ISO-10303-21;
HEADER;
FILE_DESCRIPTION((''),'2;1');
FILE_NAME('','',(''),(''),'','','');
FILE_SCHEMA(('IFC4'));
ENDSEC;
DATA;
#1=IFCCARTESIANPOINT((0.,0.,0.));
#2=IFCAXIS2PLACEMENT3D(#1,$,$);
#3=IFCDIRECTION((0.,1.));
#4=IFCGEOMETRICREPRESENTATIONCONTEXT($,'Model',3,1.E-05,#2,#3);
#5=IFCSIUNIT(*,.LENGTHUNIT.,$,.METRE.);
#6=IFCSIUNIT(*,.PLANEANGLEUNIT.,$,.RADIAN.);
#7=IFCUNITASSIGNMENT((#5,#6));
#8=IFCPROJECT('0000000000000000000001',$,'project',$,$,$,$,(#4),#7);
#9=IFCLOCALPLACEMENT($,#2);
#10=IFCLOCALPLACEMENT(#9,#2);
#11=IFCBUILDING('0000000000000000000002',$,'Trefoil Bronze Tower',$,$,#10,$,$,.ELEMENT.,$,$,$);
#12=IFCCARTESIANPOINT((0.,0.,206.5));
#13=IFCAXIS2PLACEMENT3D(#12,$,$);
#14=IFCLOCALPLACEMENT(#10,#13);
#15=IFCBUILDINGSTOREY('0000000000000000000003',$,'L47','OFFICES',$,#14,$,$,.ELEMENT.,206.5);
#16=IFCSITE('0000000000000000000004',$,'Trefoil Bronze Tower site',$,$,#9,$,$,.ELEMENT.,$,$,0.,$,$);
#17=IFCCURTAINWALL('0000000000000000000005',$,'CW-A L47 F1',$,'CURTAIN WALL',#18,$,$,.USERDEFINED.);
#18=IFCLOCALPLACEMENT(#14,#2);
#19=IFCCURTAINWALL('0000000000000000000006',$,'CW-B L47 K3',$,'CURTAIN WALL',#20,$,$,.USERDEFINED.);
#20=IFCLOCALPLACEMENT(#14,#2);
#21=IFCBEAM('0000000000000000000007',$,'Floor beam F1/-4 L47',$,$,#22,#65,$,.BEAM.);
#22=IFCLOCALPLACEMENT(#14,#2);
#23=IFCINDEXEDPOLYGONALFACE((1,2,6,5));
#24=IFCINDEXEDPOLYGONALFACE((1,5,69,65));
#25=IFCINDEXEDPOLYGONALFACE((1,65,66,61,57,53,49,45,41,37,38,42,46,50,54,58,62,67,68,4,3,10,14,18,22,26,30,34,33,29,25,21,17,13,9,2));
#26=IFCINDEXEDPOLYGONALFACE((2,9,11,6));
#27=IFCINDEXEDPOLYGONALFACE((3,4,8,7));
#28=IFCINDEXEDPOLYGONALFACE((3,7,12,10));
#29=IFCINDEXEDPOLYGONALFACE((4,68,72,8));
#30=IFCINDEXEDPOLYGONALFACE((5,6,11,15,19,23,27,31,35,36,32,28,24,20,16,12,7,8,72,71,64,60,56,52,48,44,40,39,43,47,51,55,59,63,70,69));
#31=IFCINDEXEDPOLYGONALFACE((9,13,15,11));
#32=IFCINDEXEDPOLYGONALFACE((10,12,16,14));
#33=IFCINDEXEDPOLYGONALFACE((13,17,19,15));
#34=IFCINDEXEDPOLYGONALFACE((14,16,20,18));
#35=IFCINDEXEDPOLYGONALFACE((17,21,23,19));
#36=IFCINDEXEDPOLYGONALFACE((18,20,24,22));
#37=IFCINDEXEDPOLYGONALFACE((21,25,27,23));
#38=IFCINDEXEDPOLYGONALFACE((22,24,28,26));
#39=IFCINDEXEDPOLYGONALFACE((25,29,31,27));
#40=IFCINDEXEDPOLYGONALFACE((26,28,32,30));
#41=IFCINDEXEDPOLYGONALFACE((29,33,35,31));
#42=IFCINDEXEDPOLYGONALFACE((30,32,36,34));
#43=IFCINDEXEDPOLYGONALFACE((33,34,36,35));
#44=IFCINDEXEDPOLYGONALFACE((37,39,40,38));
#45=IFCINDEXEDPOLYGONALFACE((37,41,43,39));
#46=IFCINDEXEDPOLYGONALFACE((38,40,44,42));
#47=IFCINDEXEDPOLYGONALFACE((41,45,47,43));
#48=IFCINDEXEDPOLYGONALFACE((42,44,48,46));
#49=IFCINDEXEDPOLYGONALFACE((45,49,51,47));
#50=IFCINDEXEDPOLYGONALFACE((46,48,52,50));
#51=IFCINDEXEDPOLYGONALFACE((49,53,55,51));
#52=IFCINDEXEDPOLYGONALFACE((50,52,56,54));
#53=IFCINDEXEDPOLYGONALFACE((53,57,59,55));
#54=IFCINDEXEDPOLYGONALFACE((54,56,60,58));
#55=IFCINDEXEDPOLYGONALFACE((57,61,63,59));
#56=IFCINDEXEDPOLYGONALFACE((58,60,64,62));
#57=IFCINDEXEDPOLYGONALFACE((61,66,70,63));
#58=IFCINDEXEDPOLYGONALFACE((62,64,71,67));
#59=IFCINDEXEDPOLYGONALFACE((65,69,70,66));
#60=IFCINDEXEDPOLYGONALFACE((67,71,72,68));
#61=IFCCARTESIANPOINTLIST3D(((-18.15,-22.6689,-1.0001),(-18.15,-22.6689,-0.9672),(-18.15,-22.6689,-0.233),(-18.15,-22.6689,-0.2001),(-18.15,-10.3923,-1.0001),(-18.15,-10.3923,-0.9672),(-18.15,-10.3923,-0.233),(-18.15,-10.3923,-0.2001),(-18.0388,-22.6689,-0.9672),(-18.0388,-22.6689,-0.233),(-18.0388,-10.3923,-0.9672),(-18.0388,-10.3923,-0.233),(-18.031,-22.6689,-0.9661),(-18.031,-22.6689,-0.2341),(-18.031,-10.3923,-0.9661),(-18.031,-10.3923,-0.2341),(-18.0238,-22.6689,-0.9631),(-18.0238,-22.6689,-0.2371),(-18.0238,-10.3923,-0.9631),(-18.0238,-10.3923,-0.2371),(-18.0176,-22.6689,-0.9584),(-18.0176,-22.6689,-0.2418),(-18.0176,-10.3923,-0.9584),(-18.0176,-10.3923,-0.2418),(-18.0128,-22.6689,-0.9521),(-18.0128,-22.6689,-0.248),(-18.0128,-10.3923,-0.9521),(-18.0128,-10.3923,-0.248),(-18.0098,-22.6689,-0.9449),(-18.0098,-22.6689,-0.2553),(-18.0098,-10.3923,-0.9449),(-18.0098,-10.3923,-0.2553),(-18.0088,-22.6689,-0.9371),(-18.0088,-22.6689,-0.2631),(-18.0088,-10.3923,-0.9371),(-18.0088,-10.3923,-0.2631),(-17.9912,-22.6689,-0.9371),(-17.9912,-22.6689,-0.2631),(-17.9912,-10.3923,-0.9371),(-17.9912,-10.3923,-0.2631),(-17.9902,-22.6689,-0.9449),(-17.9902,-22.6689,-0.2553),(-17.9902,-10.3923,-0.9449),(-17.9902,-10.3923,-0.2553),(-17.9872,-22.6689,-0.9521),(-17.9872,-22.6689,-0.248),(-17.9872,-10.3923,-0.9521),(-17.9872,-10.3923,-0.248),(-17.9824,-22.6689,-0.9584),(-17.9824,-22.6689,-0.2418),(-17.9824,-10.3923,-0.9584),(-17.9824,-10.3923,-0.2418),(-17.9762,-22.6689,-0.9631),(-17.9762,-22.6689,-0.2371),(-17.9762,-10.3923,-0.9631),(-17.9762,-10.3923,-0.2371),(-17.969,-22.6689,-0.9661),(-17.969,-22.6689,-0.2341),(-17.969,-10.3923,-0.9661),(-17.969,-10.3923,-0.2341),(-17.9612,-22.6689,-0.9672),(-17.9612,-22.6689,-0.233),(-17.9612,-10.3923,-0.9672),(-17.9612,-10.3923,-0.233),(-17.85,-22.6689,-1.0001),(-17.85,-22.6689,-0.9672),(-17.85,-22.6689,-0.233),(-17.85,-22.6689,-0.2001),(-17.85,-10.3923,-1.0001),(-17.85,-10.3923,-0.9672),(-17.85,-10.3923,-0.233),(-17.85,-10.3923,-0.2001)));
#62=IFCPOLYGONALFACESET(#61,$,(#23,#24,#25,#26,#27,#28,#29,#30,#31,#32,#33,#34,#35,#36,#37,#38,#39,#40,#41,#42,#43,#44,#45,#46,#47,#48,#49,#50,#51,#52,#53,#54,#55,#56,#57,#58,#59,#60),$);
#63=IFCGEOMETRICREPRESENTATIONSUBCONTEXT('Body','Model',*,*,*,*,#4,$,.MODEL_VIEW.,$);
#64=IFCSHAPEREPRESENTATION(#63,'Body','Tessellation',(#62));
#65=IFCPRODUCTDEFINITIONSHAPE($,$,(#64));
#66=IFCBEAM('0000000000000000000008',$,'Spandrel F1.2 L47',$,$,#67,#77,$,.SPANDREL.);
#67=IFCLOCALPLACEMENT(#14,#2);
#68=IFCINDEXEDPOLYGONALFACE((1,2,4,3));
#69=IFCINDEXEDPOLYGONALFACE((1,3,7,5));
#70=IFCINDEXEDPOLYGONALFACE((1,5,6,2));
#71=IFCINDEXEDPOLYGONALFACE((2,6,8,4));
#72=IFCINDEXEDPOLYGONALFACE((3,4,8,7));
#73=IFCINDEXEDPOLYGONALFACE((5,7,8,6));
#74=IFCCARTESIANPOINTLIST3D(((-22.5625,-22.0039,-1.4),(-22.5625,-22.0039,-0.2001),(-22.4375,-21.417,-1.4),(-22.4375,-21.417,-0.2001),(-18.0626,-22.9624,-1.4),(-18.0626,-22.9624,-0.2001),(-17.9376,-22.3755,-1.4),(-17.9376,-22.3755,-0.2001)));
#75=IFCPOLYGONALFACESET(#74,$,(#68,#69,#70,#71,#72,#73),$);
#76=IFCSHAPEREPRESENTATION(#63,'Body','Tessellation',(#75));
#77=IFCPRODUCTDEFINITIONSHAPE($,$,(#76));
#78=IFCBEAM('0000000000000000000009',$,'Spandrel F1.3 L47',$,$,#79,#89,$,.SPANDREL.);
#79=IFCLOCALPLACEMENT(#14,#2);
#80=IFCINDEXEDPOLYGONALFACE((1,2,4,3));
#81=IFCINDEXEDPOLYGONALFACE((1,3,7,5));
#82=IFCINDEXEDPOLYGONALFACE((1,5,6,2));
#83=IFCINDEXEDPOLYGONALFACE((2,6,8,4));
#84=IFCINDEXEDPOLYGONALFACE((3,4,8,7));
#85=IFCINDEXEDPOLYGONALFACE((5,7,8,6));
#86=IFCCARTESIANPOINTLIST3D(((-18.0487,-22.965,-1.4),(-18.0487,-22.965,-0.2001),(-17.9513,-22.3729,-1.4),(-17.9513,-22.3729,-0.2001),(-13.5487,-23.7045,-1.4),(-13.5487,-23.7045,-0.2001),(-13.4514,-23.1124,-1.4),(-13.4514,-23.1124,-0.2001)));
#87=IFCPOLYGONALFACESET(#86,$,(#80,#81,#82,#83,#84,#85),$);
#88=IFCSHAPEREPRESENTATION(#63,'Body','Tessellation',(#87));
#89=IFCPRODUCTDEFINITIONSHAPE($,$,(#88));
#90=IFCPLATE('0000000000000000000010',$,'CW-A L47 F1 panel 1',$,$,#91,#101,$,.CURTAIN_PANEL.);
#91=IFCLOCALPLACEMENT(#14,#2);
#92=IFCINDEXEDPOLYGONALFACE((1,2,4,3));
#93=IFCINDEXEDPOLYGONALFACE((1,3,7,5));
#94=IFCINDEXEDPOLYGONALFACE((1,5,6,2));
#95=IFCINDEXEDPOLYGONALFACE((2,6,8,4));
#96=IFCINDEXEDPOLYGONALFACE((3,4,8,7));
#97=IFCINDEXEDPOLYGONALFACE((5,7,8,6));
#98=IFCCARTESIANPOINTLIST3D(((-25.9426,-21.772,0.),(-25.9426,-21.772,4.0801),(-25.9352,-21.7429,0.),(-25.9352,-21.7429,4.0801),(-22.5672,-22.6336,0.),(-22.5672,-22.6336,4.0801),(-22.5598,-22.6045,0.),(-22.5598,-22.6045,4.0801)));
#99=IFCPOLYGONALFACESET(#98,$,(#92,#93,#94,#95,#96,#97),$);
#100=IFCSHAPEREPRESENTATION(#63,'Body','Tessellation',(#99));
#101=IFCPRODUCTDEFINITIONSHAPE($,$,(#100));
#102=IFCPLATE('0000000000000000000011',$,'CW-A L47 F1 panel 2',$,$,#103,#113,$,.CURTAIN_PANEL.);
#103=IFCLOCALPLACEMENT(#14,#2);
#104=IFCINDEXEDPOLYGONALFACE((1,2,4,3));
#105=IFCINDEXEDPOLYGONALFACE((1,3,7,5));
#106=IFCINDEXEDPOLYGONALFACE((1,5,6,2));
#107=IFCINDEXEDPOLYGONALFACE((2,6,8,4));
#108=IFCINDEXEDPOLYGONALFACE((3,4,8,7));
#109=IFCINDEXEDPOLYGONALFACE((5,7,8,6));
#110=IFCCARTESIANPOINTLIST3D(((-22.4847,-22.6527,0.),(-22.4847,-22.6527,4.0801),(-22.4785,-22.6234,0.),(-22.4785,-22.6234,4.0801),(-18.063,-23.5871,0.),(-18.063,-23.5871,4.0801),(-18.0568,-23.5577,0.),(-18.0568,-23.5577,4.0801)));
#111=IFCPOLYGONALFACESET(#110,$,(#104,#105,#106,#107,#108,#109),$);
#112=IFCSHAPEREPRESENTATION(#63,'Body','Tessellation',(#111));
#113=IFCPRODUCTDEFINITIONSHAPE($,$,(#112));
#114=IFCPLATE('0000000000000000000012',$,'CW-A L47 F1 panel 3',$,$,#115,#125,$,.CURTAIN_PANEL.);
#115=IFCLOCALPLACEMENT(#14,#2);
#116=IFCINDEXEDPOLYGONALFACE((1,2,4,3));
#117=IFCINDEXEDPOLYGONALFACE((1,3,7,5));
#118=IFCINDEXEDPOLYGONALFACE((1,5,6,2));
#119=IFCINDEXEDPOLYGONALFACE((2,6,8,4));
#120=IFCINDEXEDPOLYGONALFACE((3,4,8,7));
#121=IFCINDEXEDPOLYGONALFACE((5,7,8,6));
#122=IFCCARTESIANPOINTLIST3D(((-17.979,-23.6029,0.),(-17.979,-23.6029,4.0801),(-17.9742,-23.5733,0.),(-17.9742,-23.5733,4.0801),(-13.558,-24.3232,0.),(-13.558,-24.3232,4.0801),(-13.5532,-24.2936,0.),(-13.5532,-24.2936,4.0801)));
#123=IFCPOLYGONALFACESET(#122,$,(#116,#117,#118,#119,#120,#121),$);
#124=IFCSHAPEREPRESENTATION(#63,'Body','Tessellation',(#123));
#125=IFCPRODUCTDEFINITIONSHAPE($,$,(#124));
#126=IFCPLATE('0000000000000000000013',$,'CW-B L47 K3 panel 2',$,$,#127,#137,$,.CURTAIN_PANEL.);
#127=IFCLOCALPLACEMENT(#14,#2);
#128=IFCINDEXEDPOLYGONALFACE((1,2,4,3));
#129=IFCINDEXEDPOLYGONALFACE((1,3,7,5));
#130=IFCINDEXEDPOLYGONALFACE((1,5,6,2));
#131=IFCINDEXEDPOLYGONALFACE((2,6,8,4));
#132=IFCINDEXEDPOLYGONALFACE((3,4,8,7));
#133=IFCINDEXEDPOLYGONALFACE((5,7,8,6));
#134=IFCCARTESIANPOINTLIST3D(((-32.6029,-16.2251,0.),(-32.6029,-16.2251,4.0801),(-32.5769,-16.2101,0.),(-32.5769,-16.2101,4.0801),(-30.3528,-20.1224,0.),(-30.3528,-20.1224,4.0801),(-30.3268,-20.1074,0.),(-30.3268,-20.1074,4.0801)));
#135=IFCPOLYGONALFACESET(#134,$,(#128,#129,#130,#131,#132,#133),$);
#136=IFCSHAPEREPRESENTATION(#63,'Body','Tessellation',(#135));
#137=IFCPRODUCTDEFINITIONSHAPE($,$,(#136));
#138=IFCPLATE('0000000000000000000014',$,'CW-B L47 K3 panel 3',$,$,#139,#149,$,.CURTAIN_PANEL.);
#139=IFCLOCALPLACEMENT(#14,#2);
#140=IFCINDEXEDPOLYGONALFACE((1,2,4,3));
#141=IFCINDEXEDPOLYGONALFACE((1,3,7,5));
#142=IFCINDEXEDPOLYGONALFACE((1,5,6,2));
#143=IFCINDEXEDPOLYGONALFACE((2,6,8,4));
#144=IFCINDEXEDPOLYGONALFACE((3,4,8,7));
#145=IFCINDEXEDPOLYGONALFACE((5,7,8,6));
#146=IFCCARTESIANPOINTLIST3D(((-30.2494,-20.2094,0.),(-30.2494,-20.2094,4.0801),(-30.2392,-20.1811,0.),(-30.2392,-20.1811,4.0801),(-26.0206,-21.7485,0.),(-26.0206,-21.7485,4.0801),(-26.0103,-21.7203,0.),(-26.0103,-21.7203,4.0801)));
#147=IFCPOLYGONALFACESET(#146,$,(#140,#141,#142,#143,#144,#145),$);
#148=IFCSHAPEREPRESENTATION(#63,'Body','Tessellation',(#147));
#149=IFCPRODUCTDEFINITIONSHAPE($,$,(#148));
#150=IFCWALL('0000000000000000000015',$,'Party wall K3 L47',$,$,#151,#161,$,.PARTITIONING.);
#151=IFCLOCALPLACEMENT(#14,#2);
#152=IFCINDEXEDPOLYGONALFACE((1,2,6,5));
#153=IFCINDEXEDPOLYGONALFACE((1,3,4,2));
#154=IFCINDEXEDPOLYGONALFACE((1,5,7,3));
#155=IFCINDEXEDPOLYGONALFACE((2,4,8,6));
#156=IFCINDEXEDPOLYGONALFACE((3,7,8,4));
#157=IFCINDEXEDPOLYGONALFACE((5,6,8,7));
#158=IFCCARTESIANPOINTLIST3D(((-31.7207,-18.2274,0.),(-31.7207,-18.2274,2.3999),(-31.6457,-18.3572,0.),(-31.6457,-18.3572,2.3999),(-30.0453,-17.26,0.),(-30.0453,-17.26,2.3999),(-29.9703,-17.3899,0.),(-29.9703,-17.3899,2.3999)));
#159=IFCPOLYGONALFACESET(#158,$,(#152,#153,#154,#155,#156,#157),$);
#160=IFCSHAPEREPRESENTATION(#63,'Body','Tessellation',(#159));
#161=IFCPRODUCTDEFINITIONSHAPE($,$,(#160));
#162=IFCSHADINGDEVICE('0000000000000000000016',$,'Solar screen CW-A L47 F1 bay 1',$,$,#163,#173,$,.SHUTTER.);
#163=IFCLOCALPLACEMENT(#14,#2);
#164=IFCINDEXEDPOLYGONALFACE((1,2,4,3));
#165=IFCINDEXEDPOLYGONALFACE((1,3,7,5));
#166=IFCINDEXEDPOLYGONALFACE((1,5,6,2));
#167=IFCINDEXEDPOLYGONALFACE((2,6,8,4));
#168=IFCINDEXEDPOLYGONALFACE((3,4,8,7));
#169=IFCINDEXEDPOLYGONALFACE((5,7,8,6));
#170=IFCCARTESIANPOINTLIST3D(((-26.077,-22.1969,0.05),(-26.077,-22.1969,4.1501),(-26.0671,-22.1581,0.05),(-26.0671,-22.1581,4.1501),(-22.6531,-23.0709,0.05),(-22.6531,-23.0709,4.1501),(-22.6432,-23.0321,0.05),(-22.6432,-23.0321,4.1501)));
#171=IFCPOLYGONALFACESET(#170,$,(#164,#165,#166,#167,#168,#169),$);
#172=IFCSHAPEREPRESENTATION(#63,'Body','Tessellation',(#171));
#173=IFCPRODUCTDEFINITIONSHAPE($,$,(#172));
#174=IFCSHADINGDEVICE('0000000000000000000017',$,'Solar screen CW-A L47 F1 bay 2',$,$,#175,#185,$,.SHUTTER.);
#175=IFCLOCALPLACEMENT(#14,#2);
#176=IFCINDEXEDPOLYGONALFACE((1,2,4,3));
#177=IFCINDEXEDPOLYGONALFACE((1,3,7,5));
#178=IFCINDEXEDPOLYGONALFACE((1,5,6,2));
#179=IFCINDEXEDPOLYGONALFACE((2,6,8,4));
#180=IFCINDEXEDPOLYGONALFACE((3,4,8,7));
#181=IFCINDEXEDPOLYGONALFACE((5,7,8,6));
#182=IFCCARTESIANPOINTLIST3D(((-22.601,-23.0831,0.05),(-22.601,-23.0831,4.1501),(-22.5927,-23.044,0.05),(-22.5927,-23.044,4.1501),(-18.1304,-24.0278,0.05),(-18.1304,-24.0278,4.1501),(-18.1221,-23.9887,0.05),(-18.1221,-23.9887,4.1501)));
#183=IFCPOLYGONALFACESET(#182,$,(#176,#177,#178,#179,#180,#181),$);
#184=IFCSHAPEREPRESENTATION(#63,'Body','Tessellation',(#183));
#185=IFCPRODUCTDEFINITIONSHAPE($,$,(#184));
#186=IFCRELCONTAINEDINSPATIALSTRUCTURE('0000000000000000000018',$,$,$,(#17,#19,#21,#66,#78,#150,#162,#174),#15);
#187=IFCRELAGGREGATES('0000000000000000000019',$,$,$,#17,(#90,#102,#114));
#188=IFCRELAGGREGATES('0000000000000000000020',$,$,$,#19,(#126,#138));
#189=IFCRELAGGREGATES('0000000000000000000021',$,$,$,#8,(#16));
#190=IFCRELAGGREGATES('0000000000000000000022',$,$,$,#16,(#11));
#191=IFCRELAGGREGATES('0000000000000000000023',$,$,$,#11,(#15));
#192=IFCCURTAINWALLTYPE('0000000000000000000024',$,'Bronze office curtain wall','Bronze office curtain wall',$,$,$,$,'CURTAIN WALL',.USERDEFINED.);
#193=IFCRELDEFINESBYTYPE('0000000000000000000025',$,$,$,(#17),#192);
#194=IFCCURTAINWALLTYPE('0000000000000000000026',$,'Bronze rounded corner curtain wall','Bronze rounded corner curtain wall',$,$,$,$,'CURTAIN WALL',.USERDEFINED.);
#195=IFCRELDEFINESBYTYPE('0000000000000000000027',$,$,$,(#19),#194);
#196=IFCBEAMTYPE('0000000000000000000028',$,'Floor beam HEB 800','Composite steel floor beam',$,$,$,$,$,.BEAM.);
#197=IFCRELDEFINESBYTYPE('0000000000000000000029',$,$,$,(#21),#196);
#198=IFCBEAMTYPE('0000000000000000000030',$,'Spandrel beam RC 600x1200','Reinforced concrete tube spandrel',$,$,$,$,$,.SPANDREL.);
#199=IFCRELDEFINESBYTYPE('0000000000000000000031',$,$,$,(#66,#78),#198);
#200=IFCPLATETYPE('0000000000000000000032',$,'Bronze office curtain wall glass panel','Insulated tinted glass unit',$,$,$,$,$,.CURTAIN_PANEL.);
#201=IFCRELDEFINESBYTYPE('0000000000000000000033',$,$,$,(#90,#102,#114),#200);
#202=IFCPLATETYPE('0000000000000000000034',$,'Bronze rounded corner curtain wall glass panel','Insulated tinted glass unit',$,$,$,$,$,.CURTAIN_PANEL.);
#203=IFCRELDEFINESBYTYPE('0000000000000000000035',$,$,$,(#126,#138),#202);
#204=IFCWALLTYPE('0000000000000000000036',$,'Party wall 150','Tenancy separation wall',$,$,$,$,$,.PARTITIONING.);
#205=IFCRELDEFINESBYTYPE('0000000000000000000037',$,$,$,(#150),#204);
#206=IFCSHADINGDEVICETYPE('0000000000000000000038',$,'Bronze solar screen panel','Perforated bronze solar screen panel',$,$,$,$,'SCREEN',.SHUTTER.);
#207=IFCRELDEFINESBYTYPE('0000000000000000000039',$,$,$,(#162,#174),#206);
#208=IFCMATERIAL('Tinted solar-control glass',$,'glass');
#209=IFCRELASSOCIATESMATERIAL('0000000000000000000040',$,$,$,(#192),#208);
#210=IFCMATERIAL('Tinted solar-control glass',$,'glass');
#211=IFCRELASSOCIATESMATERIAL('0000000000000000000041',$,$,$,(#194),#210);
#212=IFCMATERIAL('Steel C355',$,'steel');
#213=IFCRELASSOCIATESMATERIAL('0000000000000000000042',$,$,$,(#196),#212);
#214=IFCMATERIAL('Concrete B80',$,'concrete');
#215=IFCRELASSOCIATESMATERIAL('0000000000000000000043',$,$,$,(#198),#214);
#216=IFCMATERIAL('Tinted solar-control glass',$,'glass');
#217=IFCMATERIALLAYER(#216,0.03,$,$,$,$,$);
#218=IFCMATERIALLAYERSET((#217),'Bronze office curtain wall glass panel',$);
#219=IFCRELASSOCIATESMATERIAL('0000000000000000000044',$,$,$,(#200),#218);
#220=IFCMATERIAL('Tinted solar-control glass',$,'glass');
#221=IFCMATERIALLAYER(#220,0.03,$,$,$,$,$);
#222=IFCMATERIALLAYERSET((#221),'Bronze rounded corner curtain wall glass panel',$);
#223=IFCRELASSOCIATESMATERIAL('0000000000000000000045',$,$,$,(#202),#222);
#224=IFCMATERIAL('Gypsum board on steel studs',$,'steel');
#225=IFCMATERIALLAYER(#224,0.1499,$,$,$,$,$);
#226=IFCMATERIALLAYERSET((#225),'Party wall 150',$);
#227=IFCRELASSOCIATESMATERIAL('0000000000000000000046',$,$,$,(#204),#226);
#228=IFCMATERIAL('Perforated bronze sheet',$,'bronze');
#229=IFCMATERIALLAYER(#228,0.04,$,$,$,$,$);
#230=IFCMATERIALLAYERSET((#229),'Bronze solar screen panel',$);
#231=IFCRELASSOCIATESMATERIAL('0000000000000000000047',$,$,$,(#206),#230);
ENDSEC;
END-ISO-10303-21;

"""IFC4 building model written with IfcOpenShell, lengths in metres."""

from ifc_helpers import new_model, si_unit, direction, frame, frame_2d, origin, origin_2d, place, context, subcontext, project, spatial, rectangle, i_section, extrude, material, layer, layer_set, material_profile, profile_set, type_object, element, aggregate, save


model = new_model("IFC4")

# Units and contexts
model_context = context("Model", 3, precision=1e-05, world=origin(), true_north=direction((0.0, 1.0)))
body_context = subcontext(model_context, "Body", "Model", "MODEL_VIEW")
ifc_project = project(units=[si_unit("LENGTHUNIT", "METRE"), si_unit("PLANEANGLEUNIT", "RADIAN")], contexts=[model_context])

# Site, building, storey
site_placement = place(None, origin())
site = spatial("IfcSite", under=ifc_project, at=site_placement, Name="Trefoil Bronze Tower site", CompositionType="ELEMENT", RefElevation=0.0)
building_placement = place(site_placement, origin())
building = spatial("IfcBuilding", under=site, at=building_placement, Name="Trefoil Bronze Tower", CompositionType="ELEMENT")
storey_placement = place(building_placement, frame((0.0, 0.0, 206.5)))
storey = spatial("IfcBuildingStorey", under=building, at=storey_placement, Name="L47", Description="OFFICES", CompositionType="ELEMENT", Elevation=206.5)

# Curtain walls
ifc_material_1 = material(Name="Tinted solar-control glass", Category="glass")
curtain_wall_type_1 = type_object("IfcCurtainWallType", Name="Bronze office curtain wall", Description="Bronze office curtain wall", ElementType="CURTAIN WALL", PredefinedType="USERDEFINED", material=ifc_material_1)
curtain_wall_1_placement = place(storey_placement, origin())
curtain_wall_1 = element("IfcCurtainWall", 1, at=curtain_wall_1_placement, inside=storey, type_object=curtain_wall_type_1, Name="CW-A L47 F1", ObjectType="CURTAIN WALL", PredefinedType="USERDEFINED")
ifc_material_2 = material(Name="Tinted solar-control glass", Category="glass")
curtain_wall_type_2 = type_object("IfcCurtainWallType", Name="Bronze rounded corner curtain wall", Description="Bronze rounded corner curtain wall", ElementType="CURTAIN WALL", PredefinedType="USERDEFINED", material=ifc_material_2)
curtain_wall_2_placement = place(storey_placement, origin())
curtain_wall_2 = element("IfcCurtainWall", 2, at=curtain_wall_2_placement, inside=storey, type_object=curtain_wall_type_2, Name="CW-B L47 K3", ObjectType="CURTAIN WALL", PredefinedType="USERDEFINED")

# Beams
ifc_material_3 = material(Name="Steel C355", Category="steel")
ifc_material_profile_1 = material_profile(ifc_material_3, i_section(OverallWidth=0.3, OverallDepth=0.8, WebThickness=0.0176, FlangeThickness=0.033, FilletRadius=0.03, at=origin_2d()), Name="HEB 800")
ifc_profile_set_1 = profile_set([ifc_material_profile_1], Name="Steel C355")
beam_type_1 = type_object("IfcBeamType", Name="Floor beam HEB 800", Description="Composite steel floor beam", PredefinedType="BEAM", material=ifc_profile_set_1)
beam_1_placement = place(storey_placement, frame((-18.0, -22.6689, -0.6001), z_axis=(0.0, 1.0, 0.0), x_axis=(-1.0, 0.0, 0.0)))
element("IfcBeam", 3, at=beam_1_placement, inside=storey, type_object=beam_type_1, Name="Floor beam F1/-4 L47", PredefinedType="BEAM", context=body_context, shape_type="SweptSolid", body=[
    extrude(i_section(OverallWidth=0.3, OverallDepth=0.8, WebThickness=0.0176, FlangeThickness=0.033, FilletRadius=0.03, at=origin_2d()), origin(), (0.0, 0.0, 1.0), 12.2766),
])
ifc_material_4 = material(Name="Concrete B80", Category="concrete")
ifc_material_profile_2 = material_profile(ifc_material_4, rectangle(XDim=0.6001, YDim=1.2, at=origin_2d()), Name="RC 600x1200")
ifc_profile_set_2 = profile_set([ifc_material_profile_2], Name="Concrete B80")
beam_type_2 = type_object("IfcBeamType", Name="Spandrel beam RC 600x1200", Description="Reinforced concrete tube spandrel", PredefinedType="SPANDREL", material=ifc_profile_set_2)
beam_2_placement = place(storey_placement, frame((-22.5, -21.7104, -0.8), z_axis=(0.978059, -0.208326, 0.0), x_axis=(0.208326, 0.978059, 0.0)))
element("IfcBeam", 4, at=beam_2_placement, inside=storey, type_object=beam_type_2, Name="Spandrel F1.2 L47", PredefinedType="SPANDREL", context=body_context, shape_type="SweptSolid", body=[
    extrude(rectangle(XDim=0.6001, YDim=1.2, at=origin_2d()), origin(), (0.0, 0.0, 1.0), 4.6008),
])
beam_3_placement = place(storey_placement, frame((-18.0, -22.6689, -0.8), z_axis=(0.986765, -0.162159, 0.0), x_axis=(0.162159, 0.986765, 0.0)))
element("IfcBeam", 5, at=beam_3_placement, inside=storey, type_object=beam_type_2, Name="Spandrel F1.3 L47", PredefinedType="SPANDREL", context=body_context, shape_type="SweptSolid", body=[
    extrude(rectangle(XDim=0.6001, YDim=1.2, at=origin_2d()), origin(), (0.0, 0.0, 1.0), 4.5603),
])

# Plates
ifc_material_5 = material(Name="Tinted solar-control glass", Category="glass")
ifc_layer_1 = layer(ifc_material_5, 0.03)
ifc_layer_set_1 = layer_set([ifc_layer_1], Name="Bronze office curtain wall glass panel")
plate_type_1 = type_object("IfcPlateType", Name="Bronze office curtain wall glass panel", Description="Insulated tinted glass unit", PredefinedType="CURTAIN_PANEL", material=ifc_layer_set_1)
plate_1_placement = place(storey_placement, frame((-24.2512, -22.1882, 0.0), z_axis=(0.0, 0.0, 1.0), x_axis=(0.968934, -0.247319, 0.0)))
plate_1 = element("IfcPlate", 6, at=plate_1_placement, type_object=plate_type_1, Name="CW-A L47 F1 panel 1", PredefinedType="CURTAIN_PANEL", context=body_context, shape_type="SweptSolid", body=[
    extrude(rectangle(XDim=3.4836, YDim=0.03, at=origin_2d()), origin(), (0.0, 0.0, 1.0), 4.0801),
])
plate_2_placement = place(storey_placement, frame((-20.2708, -23.1052, 0.0), z_axis=(0.0, 0.0, 1.0), x_axis=(0.978394, -0.206747, 0.0)))
plate_2 = element("IfcPlate", 7, at=plate_2_placement, type_object=plate_type_1, Name="CW-A L47 F1 panel 2", PredefinedType="CURTAIN_PANEL", context=body_context, shape_type="SweptSolid", body=[
    extrude(rectangle(XDim=4.5193, YDim=0.03, at=origin_2d()), origin(), (0.0, 0.0, 1.0), 4.0801),
])
plate_3_placement = place(storey_placement, frame((-15.7661, -23.9482, 0.0), z_axis=(0.0, 0.0, 1.0), x_axis=(0.986987, -0.160803, 0.0)))
plate_3 = element("IfcPlate", 8, at=plate_3_placement, type_object=plate_type_1, Name="CW-A L47 F1 panel 3", PredefinedType="CURTAIN_PANEL", context=body_context, shape_type="SweptSolid", body=[
    extrude(rectangle(XDim=4.4792, YDim=0.03, at=origin_2d()), origin(), (0.0, 0.0, 1.0), 4.0801),
])
aggregate(curtain_wall_1, [plate_1, plate_2, plate_3])
ifc_material_6 = material(Name="Tinted solar-control glass", Category="glass")
ifc_layer_2 = layer(ifc_material_6, 0.03)
ifc_layer_set_2 = layer_set([ifc_layer_2], Name="Bronze rounded corner curtain wall glass panel")
plate_type_2 = type_object("IfcPlateType", Name="Bronze rounded corner curtain wall glass panel", Description="Insulated tinted glass unit", PredefinedType="CURTAIN_PANEL", material=ifc_layer_set_2)
plate_4_placement = place(storey_placement, frame((-31.4648, -18.1663, 0.0), z_axis=(0.0, 0.0, 1.0), x_axis=(0.5, -0.866025, 0.0)))
plate_4 = element("IfcPlate", 9, at=plate_4_placement, type_object=plate_type_2, Name="CW-B L47 K3 panel 2", PredefinedType="CURTAIN_PANEL", context=body_context, shape_type="SweptSolid", body=[
    extrude(rectangle(XDim=4.5002, YDim=0.03, at=origin_2d()), origin(), (0.0, 0.0, 1.0), 4.0801),
])
plate_5_placement = place(storey_placement, frame((-28.1299, -20.9648, 0.0), z_axis=(0.0, 0.0, 1.0), x_axis=(0.939693, -0.34202, 0.0)))
plate_5 = element("IfcPlate", 10, at=plate_5_placement, type_object=plate_type_2, Name="CW-B L47 K3 panel 3", PredefinedType="CURTAIN_PANEL", context=body_context, shape_type="SweptSolid", body=[
    extrude(rectangle(XDim=4.5002, YDim=0.03, at=origin_2d()), origin(), (0.0, 0.0, 1.0), 4.0801),
])
aggregate(curtain_wall_2, [plate_4, plate_5])

# Wall
ifc_material_7 = material(Name="Gypsum board on steel studs", Category="steel")
ifc_layer_3 = layer(ifc_material_7, 0.1499)
ifc_layer_set_3 = layer_set([ifc_layer_3], Name="Party wall 150")
wall_type = type_object("IfcWallType", Name="Party wall 150", Description="Tenancy separation wall", PredefinedType="PARTITIONING", material=ifc_layer_set_3)
wall_placement = place(storey_placement, frame((-30.0078, -17.325, 0.0), z_axis=(0.0, 0.0, 1.0), x_axis=(-0.866013, -0.500021, 0.0)))
element("IfcWall", 11, at=wall_placement, inside=storey, type_object=wall_type, Name="Party wall K3 L47", PredefinedType="PARTITIONING", context=body_context, shape_type="SweptSolid", body=[
    extrude(rectangle(XDim=1.9346, YDim=0.1499, at=frame_2d((0.9673, 0.0))), origin(), (0.0, 0.0, 1.0), 2.3999),
])

# Shading devices
ifc_material_8 = material(Name="Perforated bronze sheet", Category="bronze")
ifc_layer_4 = layer(ifc_material_8, 0.04)
ifc_layer_set_4 = layer_set([ifc_layer_4], Name="Bronze solar screen panel")
shading_device_type = type_object("IfcShadingDeviceType", Name="Bronze solar screen panel", Description="Perforated bronze solar screen panel", ElementType="SCREEN", PredefinedType="SHUTTER", material=ifc_layer_set_4)
shading_device_1_placement = place(storey_placement, frame((-24.3601, -22.6145, 0.05), z_axis=(0.0, 0.0, 1.0), x_axis=(0.968934, -0.247319, 0.0)))
element("IfcShadingDevice", 12, at=shading_device_1_placement, inside=storey, type_object=shading_device_type, Name="Solar screen CW-A L47 F1 bay 1", PredefinedType="SHUTTER", context=body_context, shape_type="SweptSolid", body=[
    extrude(rectangle(XDim=3.5337, YDim=0.04, at=origin_2d()), origin(), (0.0, 0.0, 1.0), 4.1001),
])
shading_device_2_placement = place(storey_placement, frame((-20.3616, -23.5359, 0.05), z_axis=(0.0, 0.0, 1.0), x_axis=(0.978394, -0.206747, 0.0)))
element("IfcShadingDevice", 13, at=shading_device_2_placement, inside=storey, type_object=shading_device_type, Name="Solar screen CW-A L47 F1 bay 2", PredefinedType="SHUTTER", context=body_context, shape_type="SweptSolid", body=[
    extrude(rectangle(XDim=4.5693, YDim=0.04, at=origin_2d()), origin(), (0.0, 0.0, 1.0), 4.1001),
])

save(model, "model.ifc")
